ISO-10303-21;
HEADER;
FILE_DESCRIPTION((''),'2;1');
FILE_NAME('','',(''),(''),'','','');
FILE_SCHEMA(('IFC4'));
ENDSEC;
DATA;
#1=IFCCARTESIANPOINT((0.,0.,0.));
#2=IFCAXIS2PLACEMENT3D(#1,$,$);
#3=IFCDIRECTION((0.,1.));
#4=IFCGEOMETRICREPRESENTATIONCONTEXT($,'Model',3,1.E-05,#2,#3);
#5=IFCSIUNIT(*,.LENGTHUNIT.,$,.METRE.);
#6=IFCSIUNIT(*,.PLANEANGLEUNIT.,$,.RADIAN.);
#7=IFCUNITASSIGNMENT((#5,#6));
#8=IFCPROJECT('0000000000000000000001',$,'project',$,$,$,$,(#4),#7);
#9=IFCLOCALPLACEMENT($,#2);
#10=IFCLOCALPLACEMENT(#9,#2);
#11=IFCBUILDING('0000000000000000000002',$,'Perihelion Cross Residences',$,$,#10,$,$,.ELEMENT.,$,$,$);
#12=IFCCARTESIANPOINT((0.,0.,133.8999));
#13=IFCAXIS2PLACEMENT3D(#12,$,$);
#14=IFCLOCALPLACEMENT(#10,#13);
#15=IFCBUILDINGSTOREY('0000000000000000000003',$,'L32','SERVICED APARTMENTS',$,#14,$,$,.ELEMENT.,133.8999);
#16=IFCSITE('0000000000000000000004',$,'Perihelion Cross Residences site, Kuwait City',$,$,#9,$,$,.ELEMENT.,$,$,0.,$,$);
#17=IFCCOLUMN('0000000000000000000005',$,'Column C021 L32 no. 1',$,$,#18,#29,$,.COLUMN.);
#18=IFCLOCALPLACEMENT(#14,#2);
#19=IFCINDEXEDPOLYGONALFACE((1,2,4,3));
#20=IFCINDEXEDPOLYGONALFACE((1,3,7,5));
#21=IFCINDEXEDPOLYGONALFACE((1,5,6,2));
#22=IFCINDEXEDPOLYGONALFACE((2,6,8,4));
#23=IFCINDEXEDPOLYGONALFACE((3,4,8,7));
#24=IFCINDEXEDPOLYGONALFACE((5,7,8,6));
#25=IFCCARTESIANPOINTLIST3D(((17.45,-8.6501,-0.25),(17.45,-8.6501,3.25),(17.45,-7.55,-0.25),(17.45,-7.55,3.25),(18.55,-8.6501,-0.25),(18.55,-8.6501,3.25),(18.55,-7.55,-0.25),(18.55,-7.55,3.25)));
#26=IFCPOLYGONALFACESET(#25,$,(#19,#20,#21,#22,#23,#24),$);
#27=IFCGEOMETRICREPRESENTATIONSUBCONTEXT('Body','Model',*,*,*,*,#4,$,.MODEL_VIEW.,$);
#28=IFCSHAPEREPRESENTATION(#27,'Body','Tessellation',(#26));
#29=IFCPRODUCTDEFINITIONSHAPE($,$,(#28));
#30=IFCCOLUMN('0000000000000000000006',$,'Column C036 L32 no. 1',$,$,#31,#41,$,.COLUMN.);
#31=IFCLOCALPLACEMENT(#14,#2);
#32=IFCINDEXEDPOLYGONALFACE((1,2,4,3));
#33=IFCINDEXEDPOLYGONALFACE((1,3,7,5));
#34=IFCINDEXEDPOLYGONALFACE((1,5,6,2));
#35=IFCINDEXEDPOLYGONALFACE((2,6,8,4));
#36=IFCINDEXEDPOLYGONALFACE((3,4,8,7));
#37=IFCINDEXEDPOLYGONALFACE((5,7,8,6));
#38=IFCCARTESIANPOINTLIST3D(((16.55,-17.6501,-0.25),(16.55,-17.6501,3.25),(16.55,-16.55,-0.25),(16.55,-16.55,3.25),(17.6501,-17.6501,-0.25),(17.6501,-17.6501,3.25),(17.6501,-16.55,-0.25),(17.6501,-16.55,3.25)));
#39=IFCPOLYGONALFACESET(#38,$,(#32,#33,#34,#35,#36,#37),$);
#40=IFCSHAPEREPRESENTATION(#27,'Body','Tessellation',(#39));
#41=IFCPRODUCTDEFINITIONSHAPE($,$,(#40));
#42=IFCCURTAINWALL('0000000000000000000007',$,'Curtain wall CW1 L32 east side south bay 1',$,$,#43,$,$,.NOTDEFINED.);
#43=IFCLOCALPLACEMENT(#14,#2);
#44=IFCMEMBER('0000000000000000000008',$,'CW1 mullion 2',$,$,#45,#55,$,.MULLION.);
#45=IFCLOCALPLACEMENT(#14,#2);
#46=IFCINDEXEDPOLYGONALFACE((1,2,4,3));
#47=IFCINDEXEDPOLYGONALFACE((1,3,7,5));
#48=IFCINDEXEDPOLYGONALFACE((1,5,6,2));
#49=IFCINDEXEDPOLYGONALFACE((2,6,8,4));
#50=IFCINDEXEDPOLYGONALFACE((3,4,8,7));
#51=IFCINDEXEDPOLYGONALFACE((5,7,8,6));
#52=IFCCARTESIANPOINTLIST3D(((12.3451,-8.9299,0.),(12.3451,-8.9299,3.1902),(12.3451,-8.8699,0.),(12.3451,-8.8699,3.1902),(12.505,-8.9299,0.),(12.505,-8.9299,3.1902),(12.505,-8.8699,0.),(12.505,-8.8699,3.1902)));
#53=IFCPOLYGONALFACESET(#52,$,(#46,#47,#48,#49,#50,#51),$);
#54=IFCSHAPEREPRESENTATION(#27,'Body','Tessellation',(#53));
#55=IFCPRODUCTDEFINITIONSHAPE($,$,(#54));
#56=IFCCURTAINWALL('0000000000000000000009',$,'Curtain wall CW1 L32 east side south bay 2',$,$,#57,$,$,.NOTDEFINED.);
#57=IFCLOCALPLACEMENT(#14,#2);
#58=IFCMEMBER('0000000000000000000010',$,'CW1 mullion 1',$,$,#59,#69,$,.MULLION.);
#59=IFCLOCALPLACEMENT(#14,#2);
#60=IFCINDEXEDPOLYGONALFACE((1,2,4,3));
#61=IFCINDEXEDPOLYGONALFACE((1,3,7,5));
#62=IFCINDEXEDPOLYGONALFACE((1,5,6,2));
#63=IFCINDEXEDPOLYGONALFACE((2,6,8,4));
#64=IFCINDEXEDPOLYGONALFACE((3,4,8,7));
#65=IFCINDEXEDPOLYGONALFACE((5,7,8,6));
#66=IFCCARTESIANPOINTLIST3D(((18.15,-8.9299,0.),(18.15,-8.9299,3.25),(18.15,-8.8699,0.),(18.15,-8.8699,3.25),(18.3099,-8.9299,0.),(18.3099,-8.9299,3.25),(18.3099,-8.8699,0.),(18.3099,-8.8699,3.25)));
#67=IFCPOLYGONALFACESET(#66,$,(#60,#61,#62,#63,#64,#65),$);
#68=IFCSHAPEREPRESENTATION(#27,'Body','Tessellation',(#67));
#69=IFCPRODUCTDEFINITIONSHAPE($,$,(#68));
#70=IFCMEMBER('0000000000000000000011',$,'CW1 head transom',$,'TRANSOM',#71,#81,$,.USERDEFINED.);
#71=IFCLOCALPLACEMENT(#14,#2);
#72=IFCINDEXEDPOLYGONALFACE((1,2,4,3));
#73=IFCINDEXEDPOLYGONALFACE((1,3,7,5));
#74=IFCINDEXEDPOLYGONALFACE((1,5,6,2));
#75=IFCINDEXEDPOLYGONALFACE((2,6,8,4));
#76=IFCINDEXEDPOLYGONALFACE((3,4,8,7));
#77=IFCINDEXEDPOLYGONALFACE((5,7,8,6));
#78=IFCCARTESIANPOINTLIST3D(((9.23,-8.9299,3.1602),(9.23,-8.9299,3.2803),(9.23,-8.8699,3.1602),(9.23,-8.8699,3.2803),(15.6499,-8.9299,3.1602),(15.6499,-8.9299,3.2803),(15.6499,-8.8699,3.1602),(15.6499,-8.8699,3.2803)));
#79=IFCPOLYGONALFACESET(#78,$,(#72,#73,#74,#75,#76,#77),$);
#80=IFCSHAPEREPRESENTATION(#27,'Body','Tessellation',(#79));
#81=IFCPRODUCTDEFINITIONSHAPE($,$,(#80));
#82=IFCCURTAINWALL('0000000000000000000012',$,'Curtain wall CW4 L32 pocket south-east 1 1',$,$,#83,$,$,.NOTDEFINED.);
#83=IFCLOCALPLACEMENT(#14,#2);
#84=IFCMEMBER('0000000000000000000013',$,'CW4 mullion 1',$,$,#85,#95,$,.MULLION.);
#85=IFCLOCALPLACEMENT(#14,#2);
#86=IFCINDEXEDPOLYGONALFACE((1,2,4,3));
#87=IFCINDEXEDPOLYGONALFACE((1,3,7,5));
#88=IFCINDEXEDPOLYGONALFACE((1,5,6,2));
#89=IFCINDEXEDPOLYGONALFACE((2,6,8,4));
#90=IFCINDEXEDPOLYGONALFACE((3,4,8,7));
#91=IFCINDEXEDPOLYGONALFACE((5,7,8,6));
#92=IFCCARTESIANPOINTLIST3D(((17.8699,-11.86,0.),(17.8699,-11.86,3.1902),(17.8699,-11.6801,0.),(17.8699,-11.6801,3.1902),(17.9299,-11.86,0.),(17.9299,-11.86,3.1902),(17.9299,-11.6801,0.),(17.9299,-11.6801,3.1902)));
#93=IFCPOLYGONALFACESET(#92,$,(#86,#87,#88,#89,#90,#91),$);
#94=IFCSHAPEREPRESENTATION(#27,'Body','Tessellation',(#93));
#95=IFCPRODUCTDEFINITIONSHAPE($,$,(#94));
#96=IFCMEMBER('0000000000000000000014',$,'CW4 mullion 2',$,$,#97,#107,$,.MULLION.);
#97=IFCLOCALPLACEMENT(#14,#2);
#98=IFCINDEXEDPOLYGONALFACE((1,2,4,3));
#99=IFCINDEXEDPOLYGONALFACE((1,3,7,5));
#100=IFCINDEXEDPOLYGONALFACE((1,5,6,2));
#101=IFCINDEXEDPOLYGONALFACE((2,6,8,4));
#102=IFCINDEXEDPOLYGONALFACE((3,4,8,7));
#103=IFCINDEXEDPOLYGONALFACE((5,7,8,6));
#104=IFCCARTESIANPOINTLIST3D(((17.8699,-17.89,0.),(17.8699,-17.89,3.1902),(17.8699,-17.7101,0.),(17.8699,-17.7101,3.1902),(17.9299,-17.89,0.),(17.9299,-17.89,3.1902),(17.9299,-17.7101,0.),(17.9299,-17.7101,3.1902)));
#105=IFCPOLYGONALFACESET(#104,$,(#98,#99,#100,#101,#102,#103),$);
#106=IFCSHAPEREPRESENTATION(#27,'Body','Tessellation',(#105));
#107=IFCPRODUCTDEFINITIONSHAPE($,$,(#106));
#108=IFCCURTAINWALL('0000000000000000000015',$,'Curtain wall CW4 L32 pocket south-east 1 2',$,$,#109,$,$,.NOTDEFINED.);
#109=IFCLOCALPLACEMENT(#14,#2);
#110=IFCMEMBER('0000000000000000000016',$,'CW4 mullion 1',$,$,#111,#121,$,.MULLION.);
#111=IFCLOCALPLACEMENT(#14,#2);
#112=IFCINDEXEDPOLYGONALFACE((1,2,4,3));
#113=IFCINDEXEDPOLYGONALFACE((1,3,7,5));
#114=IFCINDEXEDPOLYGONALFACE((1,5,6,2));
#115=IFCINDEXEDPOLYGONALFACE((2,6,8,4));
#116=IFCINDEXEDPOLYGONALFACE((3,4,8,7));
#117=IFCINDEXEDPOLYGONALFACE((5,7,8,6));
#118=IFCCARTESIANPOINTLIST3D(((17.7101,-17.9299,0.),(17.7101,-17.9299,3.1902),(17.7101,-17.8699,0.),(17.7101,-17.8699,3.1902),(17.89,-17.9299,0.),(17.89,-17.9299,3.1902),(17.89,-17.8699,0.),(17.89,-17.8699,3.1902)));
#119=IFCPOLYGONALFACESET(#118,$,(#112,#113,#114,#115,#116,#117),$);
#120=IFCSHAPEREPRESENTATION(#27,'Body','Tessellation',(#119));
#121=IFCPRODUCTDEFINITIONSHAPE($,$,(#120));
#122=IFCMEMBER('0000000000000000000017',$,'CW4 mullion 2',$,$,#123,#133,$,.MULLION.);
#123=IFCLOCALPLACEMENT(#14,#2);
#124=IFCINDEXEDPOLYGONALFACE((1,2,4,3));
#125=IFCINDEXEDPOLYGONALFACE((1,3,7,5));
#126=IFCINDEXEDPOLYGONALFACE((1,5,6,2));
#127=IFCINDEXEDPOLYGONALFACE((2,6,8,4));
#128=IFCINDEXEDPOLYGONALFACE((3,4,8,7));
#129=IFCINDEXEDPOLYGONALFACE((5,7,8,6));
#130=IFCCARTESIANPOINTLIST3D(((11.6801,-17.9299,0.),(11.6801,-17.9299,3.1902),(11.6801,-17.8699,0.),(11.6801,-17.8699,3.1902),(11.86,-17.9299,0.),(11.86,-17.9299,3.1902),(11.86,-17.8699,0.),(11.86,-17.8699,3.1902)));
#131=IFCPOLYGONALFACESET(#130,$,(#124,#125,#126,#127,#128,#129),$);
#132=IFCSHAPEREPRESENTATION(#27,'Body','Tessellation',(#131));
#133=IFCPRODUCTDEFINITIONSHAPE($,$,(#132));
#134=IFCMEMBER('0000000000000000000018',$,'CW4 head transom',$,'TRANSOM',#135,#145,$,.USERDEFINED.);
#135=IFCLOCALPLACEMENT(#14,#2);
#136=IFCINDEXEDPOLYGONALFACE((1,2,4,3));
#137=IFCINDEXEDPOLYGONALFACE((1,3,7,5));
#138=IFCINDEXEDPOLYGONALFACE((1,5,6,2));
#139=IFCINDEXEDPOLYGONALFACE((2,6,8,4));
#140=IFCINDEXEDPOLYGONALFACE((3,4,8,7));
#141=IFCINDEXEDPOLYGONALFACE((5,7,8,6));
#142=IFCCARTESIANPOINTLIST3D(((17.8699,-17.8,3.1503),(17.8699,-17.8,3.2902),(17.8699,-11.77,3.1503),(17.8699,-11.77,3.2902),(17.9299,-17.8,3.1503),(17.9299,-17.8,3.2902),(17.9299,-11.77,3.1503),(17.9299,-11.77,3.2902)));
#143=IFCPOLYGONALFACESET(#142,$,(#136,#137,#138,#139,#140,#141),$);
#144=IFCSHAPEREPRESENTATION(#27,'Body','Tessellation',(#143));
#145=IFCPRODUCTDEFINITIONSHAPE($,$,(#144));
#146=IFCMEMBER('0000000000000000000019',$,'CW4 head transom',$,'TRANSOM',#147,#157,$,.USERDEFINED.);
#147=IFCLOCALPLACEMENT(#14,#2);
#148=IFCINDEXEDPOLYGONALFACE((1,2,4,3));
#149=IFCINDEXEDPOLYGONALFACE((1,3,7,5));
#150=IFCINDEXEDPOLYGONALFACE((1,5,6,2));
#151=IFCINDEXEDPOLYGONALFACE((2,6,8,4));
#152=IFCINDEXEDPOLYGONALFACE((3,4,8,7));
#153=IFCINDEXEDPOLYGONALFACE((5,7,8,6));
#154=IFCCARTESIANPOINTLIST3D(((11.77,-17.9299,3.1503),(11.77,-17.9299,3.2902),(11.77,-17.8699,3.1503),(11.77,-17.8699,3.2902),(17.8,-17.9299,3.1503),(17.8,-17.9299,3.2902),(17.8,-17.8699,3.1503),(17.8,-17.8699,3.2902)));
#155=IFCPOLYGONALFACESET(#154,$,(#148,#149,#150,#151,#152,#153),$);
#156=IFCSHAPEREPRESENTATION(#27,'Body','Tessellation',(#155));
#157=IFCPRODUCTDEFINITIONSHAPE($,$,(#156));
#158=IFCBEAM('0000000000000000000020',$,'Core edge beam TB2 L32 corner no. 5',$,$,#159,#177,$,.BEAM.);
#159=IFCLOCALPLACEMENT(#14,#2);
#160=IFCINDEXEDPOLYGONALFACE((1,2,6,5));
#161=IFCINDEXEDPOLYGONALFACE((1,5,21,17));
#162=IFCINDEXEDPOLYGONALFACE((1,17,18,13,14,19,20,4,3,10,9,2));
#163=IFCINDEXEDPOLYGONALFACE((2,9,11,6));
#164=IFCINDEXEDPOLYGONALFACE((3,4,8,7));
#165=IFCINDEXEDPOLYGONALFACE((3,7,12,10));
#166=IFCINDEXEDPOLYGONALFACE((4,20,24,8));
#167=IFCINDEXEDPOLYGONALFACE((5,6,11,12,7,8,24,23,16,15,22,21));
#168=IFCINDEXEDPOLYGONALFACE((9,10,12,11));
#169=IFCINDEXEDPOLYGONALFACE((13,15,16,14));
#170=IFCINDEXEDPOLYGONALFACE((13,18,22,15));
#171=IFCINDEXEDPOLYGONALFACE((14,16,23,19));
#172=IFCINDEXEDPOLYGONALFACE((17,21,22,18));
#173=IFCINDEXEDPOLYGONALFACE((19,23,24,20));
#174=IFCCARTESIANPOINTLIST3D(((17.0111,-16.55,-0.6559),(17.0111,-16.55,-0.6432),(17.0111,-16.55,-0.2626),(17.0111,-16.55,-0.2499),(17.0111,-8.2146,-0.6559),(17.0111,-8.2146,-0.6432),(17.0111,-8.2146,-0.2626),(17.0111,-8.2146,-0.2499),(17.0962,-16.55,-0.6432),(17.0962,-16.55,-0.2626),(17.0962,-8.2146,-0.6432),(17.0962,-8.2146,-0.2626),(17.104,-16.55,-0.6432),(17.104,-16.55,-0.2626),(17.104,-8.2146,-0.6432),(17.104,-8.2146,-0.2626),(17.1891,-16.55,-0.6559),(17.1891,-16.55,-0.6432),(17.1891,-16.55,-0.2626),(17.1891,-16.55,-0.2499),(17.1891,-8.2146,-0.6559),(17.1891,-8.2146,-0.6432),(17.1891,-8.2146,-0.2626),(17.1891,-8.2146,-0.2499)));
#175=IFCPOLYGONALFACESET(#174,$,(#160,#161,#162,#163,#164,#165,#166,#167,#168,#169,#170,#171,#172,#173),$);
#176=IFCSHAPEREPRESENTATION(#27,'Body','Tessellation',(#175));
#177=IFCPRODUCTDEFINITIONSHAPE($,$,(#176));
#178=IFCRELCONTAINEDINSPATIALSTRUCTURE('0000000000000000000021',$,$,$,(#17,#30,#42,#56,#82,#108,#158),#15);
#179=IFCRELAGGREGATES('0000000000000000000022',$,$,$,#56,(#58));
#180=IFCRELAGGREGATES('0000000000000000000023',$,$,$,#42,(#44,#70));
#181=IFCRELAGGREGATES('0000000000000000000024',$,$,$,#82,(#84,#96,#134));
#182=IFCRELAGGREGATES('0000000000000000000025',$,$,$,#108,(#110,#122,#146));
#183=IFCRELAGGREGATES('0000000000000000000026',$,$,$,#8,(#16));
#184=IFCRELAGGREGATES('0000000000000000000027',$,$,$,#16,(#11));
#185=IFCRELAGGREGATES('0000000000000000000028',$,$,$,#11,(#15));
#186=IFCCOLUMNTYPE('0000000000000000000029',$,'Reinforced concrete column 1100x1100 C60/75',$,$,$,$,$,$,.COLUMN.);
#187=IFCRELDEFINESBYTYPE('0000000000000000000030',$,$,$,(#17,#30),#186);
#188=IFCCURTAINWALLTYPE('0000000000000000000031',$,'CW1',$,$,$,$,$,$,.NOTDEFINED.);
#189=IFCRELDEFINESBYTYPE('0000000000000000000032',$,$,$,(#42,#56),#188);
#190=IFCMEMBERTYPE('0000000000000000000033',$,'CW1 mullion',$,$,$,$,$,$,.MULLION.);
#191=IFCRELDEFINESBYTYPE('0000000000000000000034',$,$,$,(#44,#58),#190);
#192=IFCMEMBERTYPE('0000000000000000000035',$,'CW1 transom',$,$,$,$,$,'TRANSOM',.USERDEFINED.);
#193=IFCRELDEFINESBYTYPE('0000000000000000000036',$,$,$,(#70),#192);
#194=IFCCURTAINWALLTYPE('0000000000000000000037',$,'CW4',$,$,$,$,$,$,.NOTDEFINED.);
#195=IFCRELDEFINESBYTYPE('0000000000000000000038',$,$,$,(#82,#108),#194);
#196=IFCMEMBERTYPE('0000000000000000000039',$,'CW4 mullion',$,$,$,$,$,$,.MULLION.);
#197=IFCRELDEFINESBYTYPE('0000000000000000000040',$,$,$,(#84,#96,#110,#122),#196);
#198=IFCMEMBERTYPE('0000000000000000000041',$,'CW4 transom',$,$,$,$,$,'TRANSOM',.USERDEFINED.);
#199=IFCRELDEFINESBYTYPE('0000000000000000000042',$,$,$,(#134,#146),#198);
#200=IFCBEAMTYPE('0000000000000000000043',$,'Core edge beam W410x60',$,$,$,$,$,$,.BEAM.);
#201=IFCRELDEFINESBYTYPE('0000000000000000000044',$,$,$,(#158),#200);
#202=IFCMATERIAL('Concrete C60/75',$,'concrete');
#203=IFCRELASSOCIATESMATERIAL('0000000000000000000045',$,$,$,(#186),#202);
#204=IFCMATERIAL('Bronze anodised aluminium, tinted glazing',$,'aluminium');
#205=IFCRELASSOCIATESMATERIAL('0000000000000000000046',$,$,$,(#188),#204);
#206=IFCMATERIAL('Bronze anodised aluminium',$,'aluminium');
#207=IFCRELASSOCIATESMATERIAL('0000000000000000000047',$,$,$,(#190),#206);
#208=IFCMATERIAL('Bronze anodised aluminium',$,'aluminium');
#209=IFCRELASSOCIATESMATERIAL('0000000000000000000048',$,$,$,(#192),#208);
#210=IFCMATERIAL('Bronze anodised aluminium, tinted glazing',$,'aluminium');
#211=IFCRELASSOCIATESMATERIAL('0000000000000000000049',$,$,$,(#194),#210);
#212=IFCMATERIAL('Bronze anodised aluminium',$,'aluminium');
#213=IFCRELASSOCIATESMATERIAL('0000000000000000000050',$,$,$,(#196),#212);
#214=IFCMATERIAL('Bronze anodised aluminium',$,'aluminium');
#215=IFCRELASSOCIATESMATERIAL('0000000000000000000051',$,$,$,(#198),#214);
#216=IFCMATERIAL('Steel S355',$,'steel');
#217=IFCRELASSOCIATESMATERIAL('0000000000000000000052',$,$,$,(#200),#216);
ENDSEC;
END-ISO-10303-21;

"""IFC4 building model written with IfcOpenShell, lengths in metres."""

from ifc_helpers import new_model, si_unit, direction, frame, origin, origin_2d, place, context, subcontext, project, spatial, rectangle, i_section, extrude, material, material_profile, profile_set, type_object, element, aggregate, save


model = new_model("IFC4")

# Units and contexts
model_context = context("Model", 3, precision=1e-05, world=origin(), true_north=direction((0.0, 1.0)))
body_context = subcontext(model_context, "Body", "Model", "MODEL_VIEW")
ifc_project = project(units=[si_unit("LENGTHUNIT", "METRE"), si_unit("PLANEANGLEUNIT", "RADIAN")], contexts=[model_context])

# Site, building, storey
site_placement = place(None, origin())
site = spatial("IfcSite", under=ifc_project, at=site_placement, Name="Perihelion Cross Residences site, Kuwait City", CompositionType="ELEMENT", RefElevation=0.0)
building_placement = place(site_placement, origin())
building = spatial("IfcBuilding", under=site, at=building_placement, Name="Perihelion Cross Residences", CompositionType="ELEMENT")
storey_placement = place(building_placement, frame((0.0, 0.0, 133.8999)))
storey = spatial("IfcBuildingStorey", under=building, at=storey_placement, Name="L32", Description="SERVICED APARTMENTS", CompositionType="ELEMENT", Elevation=133.8999)

# Columns
ifc_material_1 = material(Name="Concrete C60/75", Category="concrete")
ifc_material_profile_1 = material_profile(ifc_material_1, rectangle(XDim=1.1001, YDim=1.1001, at=origin_2d()), Name="RC 1100x1100")
ifc_profile_set_1 = profile_set([ifc_material_profile_1], Name="Concrete C60/75")
column_type = type_object("IfcColumnType", Name="Reinforced concrete column 1100x1100 C60/75", PredefinedType="COLUMN", material=ifc_profile_set_1)
for number, where, z_axis, x_axis, name in (
    (1, (18.0, -8.1001, -0.25), (0.0, 0.0, 1.0), (1.0, 0.0, 0.0), "Column C021 L32 no. 1"),
    (2, (17.1001, -17.1001, -0.25), (0.0, 0.0, 1.0), (1.0, 0.0, 0.0), "Column C036 L32 no. 1"),
):
    element("IfcColumn", number, at=place(storey_placement, frame(where, z_axis=z_axis, x_axis=x_axis)), inside=storey, type_object=column_type, Name=name, PredefinedType="COLUMN", context=body_context, shape_type="SweptSolid", body=[
        extrude(rectangle(XDim=1.1001, YDim=1.1001, at=origin_2d()), origin(), (0.0, 0.0, 1.0), 3.5),
    ])

# Curtain walls, members
ifc_material_2 = material(Name="Bronze anodised aluminium, tinted glazing", Category="aluminium")
curtain_wall_type_1 = type_object("IfcCurtainWallType", Name="CW1", PredefinedType="NOTDEFINED", material=ifc_material_2)
curtain_wall_1_placement = place(storey_placement, origin())
curtain_wall_1 = element("IfcCurtainWall", 3, at=curtain_wall_1_placement, inside=storey, type_object=curtain_wall_type_1, Name="Curtain wall CW1 L32 east side south bay 1", PredefinedType="NOTDEFINED")
ifc_material_3 = material(Name="Bronze anodised aluminium", Category="aluminium")
ifc_material_profile_2 = material_profile(ifc_material_3, rectangle(XDim=0.0601, YDim=0.1599, at=origin_2d()), Name="CW1 mullion")
ifc_profile_set_2 = profile_set([ifc_material_profile_2], Name="Bronze anodised aluminium")
member_type_1 = type_object("IfcMemberType", Name="CW1 mullion", PredefinedType="MULLION", material=ifc_profile_set_2)
member_1_placement = place(storey_placement, frame((12.425, -8.8999, 0.0), z_axis=(0.0, 0.0, 1.0), x_axis=(0.0, 1.0, 0.0)))
member_1 = element("IfcMember", 4, at=member_1_placement, type_object=member_type_1, Name="CW1 mullion 2", PredefinedType="MULLION", context=body_context, shape_type="SweptSolid", body=[
    extrude(rectangle(XDim=0.0601, YDim=0.1599, at=origin_2d()), origin(), (0.0, 0.0, 1.0), 3.1902),
])
curtain_wall_2_placement = place(storey_placement, origin())
curtain_wall_2 = element("IfcCurtainWall", 5, at=curtain_wall_2_placement, inside=storey, type_object=curtain_wall_type_1, Name="Curtain wall CW1 L32 east side south bay 2", PredefinedType="NOTDEFINED")
member_2_placement = place(storey_placement, frame((18.23, -8.8999, 0.0), z_axis=(0.0, 0.0, 1.0), x_axis=(0.0, 1.0, 0.0)))
member_2 = element("IfcMember", 6, at=member_2_placement, type_object=member_type_1, Name="CW1 mullion 1", PredefinedType="MULLION", context=body_context, shape_type="SweptSolid", body=[
    extrude(rectangle(XDim=0.0601, YDim=0.1599, at=origin_2d()), origin(), (0.0, 0.0, 1.0), 3.25),
])
aggregate(curtain_wall_2, [member_2])

# Member
ifc_material_4 = material(Name="Bronze anodised aluminium", Category="aluminium")
ifc_material_profile_3 = material_profile(ifc_material_4, rectangle(XDim=0.0601, YDim=0.1201, at=origin_2d()), Name="CW1 transom")
ifc_profile_set_3 = profile_set([ifc_material_profile_3], Name="Bronze anodised aluminium")
member_type_2 = type_object("IfcMemberType", Name="CW1 transom", ElementType="TRANSOM", PredefinedType="USERDEFINED", material=ifc_profile_set_3)
member_3_placement = place(storey_placement, frame((9.23, -8.8999, 3.2202), z_axis=(1.0, 0.0, 0.0), x_axis=(0.0, 1.0, 0.0)))
member_3 = element("IfcMember", 7, at=member_3_placement, type_object=member_type_2, Name="CW1 head transom", ObjectType="TRANSOM", PredefinedType="USERDEFINED", context=body_context, shape_type="SweptSolid", body=[
    extrude(rectangle(XDim=0.0601, YDim=0.1201, at=origin_2d()), origin(), (0.0, 0.0, 1.0), 6.4199),
])

# Curtain walls, members
ifc_material_5 = material(Name="Bronze anodised aluminium, tinted glazing", Category="aluminium")
curtain_wall_type_2 = type_object("IfcCurtainWallType", Name="CW4", PredefinedType="NOTDEFINED", material=ifc_material_5)
curtain_wall_3_placement = place(storey_placement, origin())
curtain_wall_3 = element("IfcCurtainWall", 8, at=curtain_wall_3_placement, inside=storey, type_object=curtain_wall_type_2, Name="Curtain wall CW4 L32 pocket south-east 1 1", PredefinedType="NOTDEFINED")
ifc_material_6 = material(Name="Bronze anodised aluminium", Category="aluminium")
ifc_material_profile_4 = material_profile(ifc_material_6, rectangle(XDim=0.0601, YDim=0.1799, at=origin_2d()), Name="CW4 mullion")
ifc_profile_set_4 = profile_set([ifc_material_profile_4], Name="Bronze anodised aluminium")
member_type_3 = type_object("IfcMemberType", Name="CW4 mullion", PredefinedType="MULLION", material=ifc_profile_set_4)
member_4_placement = place(storey_placement, frame((17.8999, -11.77, 0.0), z_axis=(0.0, 0.0, 1.0), x_axis=(1.0, 0.0, 0.0)))
member_4 = element("IfcMember", 9, at=member_4_placement, type_object=member_type_3, Name="CW4 mullion 1", PredefinedType="MULLION", context=body_context, shape_type="SweptSolid", body=[
    extrude(rectangle(XDim=0.0601, YDim=0.1799, at=origin_2d()), origin(), (0.0, 0.0, 1.0), 3.1902),
])
member_5_placement = place(storey_placement, frame((17.8999, -17.8, 0.0), z_axis=(0.0, 0.0, 1.0), x_axis=(1.0, 0.0, 0.0)))
member_5 = element("IfcMember", 10, at=member_5_placement, type_object=member_type_3, Name="CW4 mullion 2", PredefinedType="MULLION", context=body_context, shape_type="SweptSolid", body=[
    extrude(rectangle(XDim=0.0601, YDim=0.1799, at=origin_2d()), origin(), (0.0, 0.0, 1.0), 3.1902),
])
curtain_wall_4_placement = place(storey_placement, origin())
curtain_wall_4 = element("IfcCurtainWall", 11, at=curtain_wall_4_placement, inside=storey, type_object=curtain_wall_type_2, Name="Curtain wall CW4 L32 pocket south-east 1 2", PredefinedType="NOTDEFINED")
member_6_placement = place(storey_placement, frame((17.8, -17.8999, 0.0), z_axis=(0.0, 0.0, 1.0), x_axis=(0.0, -1.0, 0.0)))
member_6 = element("IfcMember", 12, at=member_6_placement, type_object=member_type_3, Name="CW4 mullion 1", PredefinedType="MULLION", context=body_context, shape_type="SweptSolid", body=[
    extrude(rectangle(XDim=0.0601, YDim=0.1799, at=origin_2d()), origin(), (0.0, 0.0, 1.0), 3.1902),
])
member_7_placement = place(storey_placement, frame((11.77, -17.8999, 0.0), z_axis=(0.0, 0.0, 1.0), x_axis=(0.0, -1.0, 0.0)))
member_7 = element("IfcMember", 13, at=member_7_placement, type_object=member_type_3, Name="CW4 mullion 2", PredefinedType="MULLION", context=body_context, shape_type="SweptSolid", body=[
    extrude(rectangle(XDim=0.0601, YDim=0.1799, at=origin_2d()), origin(), (0.0, 0.0, 1.0), 3.1902),
])

# Members
ifc_material_7 = material(Name="Bronze anodised aluminium", Category="aluminium")
ifc_material_profile_5 = material_profile(ifc_material_7, rectangle(XDim=0.0601, YDim=0.1399, at=origin_2d()), Name="CW4 transom")
ifc_profile_set_5 = profile_set([ifc_material_profile_5], Name="Bronze anodised aluminium")
member_type_4 = type_object("IfcMemberType", Name="CW4 transom", ElementType="TRANSOM", PredefinedType="USERDEFINED", material=ifc_profile_set_5)
member_8_placement = place(storey_placement, frame((17.8999, -11.77, 3.2202), z_axis=(0.0, -1.0, 0.0), x_axis=(1.0, 0.0, 0.0)))
member_8 = element("IfcMember", 14, at=member_8_placement, type_object=member_type_4, Name="CW4 head transom", ObjectType="TRANSOM", PredefinedType="USERDEFINED", context=body_context, shape_type="SweptSolid", body=[
    extrude(rectangle(XDim=0.0601, YDim=0.1399, at=origin_2d()), origin(), (0.0, 0.0, 1.0), 6.03),
])
member_9_placement = place(storey_placement, frame((17.8, -17.8999, 3.2202), z_axis=(-1.0, 0.0, 0.0), x_axis=(0.0, -1.0, 0.0)))
member_9 = element("IfcMember", 15, at=member_9_placement, type_object=member_type_4, Name="CW4 head transom", ObjectType="TRANSOM", PredefinedType="USERDEFINED", context=body_context, shape_type="SweptSolid", body=[
    extrude(rectangle(XDim=0.0601, YDim=0.1399, at=origin_2d()), origin(), (0.0, 0.0, 1.0), 6.03),
])

# Beam
ifc_material_8 = material(Name="Steel S355", Category="steel")
ifc_material_profile_6 = material_profile(ifc_material_8, i_section(OverallWidth=0.178, OverallDepth=0.406, WebThickness=0.0078, FlangeThickness=0.0127, at=origin_2d()), Name="W410x60")
ifc_profile_set_6 = profile_set([ifc_material_profile_6], Name="Steel S355")
beam_type_1 = type_object("IfcBeamType", Name="Core edge beam W410x60", PredefinedType="BEAM", material=ifc_profile_set_6)
beam_1_placement = place(storey_placement, frame((17.1001, -8.2146, -0.4529), z_axis=(0.0, -1.0, 0.0), x_axis=(1.0, 0.0, 0.0)))
element("IfcBeam", 16, at=beam_1_placement, inside=storey, type_object=beam_type_1, Name="Core edge beam TB2 L32 corner no. 5", PredefinedType="BEAM", context=body_context, shape_type="SweptSolid", body=[
    extrude(i_section(OverallWidth=0.178, OverallDepth=0.406, WebThickness=0.0078, FlangeThickness=0.0127, at=origin_2d()), origin(), (0.0, 0.0, 1.0), 8.3354),
])

aggregate(curtain_wall_1, [member_1, member_3])
aggregate(curtain_wall_3, [member_4, member_5, member_8])
aggregate(curtain_wall_4, [member_6, member_7, member_9])

save(model, "model.ifc")
